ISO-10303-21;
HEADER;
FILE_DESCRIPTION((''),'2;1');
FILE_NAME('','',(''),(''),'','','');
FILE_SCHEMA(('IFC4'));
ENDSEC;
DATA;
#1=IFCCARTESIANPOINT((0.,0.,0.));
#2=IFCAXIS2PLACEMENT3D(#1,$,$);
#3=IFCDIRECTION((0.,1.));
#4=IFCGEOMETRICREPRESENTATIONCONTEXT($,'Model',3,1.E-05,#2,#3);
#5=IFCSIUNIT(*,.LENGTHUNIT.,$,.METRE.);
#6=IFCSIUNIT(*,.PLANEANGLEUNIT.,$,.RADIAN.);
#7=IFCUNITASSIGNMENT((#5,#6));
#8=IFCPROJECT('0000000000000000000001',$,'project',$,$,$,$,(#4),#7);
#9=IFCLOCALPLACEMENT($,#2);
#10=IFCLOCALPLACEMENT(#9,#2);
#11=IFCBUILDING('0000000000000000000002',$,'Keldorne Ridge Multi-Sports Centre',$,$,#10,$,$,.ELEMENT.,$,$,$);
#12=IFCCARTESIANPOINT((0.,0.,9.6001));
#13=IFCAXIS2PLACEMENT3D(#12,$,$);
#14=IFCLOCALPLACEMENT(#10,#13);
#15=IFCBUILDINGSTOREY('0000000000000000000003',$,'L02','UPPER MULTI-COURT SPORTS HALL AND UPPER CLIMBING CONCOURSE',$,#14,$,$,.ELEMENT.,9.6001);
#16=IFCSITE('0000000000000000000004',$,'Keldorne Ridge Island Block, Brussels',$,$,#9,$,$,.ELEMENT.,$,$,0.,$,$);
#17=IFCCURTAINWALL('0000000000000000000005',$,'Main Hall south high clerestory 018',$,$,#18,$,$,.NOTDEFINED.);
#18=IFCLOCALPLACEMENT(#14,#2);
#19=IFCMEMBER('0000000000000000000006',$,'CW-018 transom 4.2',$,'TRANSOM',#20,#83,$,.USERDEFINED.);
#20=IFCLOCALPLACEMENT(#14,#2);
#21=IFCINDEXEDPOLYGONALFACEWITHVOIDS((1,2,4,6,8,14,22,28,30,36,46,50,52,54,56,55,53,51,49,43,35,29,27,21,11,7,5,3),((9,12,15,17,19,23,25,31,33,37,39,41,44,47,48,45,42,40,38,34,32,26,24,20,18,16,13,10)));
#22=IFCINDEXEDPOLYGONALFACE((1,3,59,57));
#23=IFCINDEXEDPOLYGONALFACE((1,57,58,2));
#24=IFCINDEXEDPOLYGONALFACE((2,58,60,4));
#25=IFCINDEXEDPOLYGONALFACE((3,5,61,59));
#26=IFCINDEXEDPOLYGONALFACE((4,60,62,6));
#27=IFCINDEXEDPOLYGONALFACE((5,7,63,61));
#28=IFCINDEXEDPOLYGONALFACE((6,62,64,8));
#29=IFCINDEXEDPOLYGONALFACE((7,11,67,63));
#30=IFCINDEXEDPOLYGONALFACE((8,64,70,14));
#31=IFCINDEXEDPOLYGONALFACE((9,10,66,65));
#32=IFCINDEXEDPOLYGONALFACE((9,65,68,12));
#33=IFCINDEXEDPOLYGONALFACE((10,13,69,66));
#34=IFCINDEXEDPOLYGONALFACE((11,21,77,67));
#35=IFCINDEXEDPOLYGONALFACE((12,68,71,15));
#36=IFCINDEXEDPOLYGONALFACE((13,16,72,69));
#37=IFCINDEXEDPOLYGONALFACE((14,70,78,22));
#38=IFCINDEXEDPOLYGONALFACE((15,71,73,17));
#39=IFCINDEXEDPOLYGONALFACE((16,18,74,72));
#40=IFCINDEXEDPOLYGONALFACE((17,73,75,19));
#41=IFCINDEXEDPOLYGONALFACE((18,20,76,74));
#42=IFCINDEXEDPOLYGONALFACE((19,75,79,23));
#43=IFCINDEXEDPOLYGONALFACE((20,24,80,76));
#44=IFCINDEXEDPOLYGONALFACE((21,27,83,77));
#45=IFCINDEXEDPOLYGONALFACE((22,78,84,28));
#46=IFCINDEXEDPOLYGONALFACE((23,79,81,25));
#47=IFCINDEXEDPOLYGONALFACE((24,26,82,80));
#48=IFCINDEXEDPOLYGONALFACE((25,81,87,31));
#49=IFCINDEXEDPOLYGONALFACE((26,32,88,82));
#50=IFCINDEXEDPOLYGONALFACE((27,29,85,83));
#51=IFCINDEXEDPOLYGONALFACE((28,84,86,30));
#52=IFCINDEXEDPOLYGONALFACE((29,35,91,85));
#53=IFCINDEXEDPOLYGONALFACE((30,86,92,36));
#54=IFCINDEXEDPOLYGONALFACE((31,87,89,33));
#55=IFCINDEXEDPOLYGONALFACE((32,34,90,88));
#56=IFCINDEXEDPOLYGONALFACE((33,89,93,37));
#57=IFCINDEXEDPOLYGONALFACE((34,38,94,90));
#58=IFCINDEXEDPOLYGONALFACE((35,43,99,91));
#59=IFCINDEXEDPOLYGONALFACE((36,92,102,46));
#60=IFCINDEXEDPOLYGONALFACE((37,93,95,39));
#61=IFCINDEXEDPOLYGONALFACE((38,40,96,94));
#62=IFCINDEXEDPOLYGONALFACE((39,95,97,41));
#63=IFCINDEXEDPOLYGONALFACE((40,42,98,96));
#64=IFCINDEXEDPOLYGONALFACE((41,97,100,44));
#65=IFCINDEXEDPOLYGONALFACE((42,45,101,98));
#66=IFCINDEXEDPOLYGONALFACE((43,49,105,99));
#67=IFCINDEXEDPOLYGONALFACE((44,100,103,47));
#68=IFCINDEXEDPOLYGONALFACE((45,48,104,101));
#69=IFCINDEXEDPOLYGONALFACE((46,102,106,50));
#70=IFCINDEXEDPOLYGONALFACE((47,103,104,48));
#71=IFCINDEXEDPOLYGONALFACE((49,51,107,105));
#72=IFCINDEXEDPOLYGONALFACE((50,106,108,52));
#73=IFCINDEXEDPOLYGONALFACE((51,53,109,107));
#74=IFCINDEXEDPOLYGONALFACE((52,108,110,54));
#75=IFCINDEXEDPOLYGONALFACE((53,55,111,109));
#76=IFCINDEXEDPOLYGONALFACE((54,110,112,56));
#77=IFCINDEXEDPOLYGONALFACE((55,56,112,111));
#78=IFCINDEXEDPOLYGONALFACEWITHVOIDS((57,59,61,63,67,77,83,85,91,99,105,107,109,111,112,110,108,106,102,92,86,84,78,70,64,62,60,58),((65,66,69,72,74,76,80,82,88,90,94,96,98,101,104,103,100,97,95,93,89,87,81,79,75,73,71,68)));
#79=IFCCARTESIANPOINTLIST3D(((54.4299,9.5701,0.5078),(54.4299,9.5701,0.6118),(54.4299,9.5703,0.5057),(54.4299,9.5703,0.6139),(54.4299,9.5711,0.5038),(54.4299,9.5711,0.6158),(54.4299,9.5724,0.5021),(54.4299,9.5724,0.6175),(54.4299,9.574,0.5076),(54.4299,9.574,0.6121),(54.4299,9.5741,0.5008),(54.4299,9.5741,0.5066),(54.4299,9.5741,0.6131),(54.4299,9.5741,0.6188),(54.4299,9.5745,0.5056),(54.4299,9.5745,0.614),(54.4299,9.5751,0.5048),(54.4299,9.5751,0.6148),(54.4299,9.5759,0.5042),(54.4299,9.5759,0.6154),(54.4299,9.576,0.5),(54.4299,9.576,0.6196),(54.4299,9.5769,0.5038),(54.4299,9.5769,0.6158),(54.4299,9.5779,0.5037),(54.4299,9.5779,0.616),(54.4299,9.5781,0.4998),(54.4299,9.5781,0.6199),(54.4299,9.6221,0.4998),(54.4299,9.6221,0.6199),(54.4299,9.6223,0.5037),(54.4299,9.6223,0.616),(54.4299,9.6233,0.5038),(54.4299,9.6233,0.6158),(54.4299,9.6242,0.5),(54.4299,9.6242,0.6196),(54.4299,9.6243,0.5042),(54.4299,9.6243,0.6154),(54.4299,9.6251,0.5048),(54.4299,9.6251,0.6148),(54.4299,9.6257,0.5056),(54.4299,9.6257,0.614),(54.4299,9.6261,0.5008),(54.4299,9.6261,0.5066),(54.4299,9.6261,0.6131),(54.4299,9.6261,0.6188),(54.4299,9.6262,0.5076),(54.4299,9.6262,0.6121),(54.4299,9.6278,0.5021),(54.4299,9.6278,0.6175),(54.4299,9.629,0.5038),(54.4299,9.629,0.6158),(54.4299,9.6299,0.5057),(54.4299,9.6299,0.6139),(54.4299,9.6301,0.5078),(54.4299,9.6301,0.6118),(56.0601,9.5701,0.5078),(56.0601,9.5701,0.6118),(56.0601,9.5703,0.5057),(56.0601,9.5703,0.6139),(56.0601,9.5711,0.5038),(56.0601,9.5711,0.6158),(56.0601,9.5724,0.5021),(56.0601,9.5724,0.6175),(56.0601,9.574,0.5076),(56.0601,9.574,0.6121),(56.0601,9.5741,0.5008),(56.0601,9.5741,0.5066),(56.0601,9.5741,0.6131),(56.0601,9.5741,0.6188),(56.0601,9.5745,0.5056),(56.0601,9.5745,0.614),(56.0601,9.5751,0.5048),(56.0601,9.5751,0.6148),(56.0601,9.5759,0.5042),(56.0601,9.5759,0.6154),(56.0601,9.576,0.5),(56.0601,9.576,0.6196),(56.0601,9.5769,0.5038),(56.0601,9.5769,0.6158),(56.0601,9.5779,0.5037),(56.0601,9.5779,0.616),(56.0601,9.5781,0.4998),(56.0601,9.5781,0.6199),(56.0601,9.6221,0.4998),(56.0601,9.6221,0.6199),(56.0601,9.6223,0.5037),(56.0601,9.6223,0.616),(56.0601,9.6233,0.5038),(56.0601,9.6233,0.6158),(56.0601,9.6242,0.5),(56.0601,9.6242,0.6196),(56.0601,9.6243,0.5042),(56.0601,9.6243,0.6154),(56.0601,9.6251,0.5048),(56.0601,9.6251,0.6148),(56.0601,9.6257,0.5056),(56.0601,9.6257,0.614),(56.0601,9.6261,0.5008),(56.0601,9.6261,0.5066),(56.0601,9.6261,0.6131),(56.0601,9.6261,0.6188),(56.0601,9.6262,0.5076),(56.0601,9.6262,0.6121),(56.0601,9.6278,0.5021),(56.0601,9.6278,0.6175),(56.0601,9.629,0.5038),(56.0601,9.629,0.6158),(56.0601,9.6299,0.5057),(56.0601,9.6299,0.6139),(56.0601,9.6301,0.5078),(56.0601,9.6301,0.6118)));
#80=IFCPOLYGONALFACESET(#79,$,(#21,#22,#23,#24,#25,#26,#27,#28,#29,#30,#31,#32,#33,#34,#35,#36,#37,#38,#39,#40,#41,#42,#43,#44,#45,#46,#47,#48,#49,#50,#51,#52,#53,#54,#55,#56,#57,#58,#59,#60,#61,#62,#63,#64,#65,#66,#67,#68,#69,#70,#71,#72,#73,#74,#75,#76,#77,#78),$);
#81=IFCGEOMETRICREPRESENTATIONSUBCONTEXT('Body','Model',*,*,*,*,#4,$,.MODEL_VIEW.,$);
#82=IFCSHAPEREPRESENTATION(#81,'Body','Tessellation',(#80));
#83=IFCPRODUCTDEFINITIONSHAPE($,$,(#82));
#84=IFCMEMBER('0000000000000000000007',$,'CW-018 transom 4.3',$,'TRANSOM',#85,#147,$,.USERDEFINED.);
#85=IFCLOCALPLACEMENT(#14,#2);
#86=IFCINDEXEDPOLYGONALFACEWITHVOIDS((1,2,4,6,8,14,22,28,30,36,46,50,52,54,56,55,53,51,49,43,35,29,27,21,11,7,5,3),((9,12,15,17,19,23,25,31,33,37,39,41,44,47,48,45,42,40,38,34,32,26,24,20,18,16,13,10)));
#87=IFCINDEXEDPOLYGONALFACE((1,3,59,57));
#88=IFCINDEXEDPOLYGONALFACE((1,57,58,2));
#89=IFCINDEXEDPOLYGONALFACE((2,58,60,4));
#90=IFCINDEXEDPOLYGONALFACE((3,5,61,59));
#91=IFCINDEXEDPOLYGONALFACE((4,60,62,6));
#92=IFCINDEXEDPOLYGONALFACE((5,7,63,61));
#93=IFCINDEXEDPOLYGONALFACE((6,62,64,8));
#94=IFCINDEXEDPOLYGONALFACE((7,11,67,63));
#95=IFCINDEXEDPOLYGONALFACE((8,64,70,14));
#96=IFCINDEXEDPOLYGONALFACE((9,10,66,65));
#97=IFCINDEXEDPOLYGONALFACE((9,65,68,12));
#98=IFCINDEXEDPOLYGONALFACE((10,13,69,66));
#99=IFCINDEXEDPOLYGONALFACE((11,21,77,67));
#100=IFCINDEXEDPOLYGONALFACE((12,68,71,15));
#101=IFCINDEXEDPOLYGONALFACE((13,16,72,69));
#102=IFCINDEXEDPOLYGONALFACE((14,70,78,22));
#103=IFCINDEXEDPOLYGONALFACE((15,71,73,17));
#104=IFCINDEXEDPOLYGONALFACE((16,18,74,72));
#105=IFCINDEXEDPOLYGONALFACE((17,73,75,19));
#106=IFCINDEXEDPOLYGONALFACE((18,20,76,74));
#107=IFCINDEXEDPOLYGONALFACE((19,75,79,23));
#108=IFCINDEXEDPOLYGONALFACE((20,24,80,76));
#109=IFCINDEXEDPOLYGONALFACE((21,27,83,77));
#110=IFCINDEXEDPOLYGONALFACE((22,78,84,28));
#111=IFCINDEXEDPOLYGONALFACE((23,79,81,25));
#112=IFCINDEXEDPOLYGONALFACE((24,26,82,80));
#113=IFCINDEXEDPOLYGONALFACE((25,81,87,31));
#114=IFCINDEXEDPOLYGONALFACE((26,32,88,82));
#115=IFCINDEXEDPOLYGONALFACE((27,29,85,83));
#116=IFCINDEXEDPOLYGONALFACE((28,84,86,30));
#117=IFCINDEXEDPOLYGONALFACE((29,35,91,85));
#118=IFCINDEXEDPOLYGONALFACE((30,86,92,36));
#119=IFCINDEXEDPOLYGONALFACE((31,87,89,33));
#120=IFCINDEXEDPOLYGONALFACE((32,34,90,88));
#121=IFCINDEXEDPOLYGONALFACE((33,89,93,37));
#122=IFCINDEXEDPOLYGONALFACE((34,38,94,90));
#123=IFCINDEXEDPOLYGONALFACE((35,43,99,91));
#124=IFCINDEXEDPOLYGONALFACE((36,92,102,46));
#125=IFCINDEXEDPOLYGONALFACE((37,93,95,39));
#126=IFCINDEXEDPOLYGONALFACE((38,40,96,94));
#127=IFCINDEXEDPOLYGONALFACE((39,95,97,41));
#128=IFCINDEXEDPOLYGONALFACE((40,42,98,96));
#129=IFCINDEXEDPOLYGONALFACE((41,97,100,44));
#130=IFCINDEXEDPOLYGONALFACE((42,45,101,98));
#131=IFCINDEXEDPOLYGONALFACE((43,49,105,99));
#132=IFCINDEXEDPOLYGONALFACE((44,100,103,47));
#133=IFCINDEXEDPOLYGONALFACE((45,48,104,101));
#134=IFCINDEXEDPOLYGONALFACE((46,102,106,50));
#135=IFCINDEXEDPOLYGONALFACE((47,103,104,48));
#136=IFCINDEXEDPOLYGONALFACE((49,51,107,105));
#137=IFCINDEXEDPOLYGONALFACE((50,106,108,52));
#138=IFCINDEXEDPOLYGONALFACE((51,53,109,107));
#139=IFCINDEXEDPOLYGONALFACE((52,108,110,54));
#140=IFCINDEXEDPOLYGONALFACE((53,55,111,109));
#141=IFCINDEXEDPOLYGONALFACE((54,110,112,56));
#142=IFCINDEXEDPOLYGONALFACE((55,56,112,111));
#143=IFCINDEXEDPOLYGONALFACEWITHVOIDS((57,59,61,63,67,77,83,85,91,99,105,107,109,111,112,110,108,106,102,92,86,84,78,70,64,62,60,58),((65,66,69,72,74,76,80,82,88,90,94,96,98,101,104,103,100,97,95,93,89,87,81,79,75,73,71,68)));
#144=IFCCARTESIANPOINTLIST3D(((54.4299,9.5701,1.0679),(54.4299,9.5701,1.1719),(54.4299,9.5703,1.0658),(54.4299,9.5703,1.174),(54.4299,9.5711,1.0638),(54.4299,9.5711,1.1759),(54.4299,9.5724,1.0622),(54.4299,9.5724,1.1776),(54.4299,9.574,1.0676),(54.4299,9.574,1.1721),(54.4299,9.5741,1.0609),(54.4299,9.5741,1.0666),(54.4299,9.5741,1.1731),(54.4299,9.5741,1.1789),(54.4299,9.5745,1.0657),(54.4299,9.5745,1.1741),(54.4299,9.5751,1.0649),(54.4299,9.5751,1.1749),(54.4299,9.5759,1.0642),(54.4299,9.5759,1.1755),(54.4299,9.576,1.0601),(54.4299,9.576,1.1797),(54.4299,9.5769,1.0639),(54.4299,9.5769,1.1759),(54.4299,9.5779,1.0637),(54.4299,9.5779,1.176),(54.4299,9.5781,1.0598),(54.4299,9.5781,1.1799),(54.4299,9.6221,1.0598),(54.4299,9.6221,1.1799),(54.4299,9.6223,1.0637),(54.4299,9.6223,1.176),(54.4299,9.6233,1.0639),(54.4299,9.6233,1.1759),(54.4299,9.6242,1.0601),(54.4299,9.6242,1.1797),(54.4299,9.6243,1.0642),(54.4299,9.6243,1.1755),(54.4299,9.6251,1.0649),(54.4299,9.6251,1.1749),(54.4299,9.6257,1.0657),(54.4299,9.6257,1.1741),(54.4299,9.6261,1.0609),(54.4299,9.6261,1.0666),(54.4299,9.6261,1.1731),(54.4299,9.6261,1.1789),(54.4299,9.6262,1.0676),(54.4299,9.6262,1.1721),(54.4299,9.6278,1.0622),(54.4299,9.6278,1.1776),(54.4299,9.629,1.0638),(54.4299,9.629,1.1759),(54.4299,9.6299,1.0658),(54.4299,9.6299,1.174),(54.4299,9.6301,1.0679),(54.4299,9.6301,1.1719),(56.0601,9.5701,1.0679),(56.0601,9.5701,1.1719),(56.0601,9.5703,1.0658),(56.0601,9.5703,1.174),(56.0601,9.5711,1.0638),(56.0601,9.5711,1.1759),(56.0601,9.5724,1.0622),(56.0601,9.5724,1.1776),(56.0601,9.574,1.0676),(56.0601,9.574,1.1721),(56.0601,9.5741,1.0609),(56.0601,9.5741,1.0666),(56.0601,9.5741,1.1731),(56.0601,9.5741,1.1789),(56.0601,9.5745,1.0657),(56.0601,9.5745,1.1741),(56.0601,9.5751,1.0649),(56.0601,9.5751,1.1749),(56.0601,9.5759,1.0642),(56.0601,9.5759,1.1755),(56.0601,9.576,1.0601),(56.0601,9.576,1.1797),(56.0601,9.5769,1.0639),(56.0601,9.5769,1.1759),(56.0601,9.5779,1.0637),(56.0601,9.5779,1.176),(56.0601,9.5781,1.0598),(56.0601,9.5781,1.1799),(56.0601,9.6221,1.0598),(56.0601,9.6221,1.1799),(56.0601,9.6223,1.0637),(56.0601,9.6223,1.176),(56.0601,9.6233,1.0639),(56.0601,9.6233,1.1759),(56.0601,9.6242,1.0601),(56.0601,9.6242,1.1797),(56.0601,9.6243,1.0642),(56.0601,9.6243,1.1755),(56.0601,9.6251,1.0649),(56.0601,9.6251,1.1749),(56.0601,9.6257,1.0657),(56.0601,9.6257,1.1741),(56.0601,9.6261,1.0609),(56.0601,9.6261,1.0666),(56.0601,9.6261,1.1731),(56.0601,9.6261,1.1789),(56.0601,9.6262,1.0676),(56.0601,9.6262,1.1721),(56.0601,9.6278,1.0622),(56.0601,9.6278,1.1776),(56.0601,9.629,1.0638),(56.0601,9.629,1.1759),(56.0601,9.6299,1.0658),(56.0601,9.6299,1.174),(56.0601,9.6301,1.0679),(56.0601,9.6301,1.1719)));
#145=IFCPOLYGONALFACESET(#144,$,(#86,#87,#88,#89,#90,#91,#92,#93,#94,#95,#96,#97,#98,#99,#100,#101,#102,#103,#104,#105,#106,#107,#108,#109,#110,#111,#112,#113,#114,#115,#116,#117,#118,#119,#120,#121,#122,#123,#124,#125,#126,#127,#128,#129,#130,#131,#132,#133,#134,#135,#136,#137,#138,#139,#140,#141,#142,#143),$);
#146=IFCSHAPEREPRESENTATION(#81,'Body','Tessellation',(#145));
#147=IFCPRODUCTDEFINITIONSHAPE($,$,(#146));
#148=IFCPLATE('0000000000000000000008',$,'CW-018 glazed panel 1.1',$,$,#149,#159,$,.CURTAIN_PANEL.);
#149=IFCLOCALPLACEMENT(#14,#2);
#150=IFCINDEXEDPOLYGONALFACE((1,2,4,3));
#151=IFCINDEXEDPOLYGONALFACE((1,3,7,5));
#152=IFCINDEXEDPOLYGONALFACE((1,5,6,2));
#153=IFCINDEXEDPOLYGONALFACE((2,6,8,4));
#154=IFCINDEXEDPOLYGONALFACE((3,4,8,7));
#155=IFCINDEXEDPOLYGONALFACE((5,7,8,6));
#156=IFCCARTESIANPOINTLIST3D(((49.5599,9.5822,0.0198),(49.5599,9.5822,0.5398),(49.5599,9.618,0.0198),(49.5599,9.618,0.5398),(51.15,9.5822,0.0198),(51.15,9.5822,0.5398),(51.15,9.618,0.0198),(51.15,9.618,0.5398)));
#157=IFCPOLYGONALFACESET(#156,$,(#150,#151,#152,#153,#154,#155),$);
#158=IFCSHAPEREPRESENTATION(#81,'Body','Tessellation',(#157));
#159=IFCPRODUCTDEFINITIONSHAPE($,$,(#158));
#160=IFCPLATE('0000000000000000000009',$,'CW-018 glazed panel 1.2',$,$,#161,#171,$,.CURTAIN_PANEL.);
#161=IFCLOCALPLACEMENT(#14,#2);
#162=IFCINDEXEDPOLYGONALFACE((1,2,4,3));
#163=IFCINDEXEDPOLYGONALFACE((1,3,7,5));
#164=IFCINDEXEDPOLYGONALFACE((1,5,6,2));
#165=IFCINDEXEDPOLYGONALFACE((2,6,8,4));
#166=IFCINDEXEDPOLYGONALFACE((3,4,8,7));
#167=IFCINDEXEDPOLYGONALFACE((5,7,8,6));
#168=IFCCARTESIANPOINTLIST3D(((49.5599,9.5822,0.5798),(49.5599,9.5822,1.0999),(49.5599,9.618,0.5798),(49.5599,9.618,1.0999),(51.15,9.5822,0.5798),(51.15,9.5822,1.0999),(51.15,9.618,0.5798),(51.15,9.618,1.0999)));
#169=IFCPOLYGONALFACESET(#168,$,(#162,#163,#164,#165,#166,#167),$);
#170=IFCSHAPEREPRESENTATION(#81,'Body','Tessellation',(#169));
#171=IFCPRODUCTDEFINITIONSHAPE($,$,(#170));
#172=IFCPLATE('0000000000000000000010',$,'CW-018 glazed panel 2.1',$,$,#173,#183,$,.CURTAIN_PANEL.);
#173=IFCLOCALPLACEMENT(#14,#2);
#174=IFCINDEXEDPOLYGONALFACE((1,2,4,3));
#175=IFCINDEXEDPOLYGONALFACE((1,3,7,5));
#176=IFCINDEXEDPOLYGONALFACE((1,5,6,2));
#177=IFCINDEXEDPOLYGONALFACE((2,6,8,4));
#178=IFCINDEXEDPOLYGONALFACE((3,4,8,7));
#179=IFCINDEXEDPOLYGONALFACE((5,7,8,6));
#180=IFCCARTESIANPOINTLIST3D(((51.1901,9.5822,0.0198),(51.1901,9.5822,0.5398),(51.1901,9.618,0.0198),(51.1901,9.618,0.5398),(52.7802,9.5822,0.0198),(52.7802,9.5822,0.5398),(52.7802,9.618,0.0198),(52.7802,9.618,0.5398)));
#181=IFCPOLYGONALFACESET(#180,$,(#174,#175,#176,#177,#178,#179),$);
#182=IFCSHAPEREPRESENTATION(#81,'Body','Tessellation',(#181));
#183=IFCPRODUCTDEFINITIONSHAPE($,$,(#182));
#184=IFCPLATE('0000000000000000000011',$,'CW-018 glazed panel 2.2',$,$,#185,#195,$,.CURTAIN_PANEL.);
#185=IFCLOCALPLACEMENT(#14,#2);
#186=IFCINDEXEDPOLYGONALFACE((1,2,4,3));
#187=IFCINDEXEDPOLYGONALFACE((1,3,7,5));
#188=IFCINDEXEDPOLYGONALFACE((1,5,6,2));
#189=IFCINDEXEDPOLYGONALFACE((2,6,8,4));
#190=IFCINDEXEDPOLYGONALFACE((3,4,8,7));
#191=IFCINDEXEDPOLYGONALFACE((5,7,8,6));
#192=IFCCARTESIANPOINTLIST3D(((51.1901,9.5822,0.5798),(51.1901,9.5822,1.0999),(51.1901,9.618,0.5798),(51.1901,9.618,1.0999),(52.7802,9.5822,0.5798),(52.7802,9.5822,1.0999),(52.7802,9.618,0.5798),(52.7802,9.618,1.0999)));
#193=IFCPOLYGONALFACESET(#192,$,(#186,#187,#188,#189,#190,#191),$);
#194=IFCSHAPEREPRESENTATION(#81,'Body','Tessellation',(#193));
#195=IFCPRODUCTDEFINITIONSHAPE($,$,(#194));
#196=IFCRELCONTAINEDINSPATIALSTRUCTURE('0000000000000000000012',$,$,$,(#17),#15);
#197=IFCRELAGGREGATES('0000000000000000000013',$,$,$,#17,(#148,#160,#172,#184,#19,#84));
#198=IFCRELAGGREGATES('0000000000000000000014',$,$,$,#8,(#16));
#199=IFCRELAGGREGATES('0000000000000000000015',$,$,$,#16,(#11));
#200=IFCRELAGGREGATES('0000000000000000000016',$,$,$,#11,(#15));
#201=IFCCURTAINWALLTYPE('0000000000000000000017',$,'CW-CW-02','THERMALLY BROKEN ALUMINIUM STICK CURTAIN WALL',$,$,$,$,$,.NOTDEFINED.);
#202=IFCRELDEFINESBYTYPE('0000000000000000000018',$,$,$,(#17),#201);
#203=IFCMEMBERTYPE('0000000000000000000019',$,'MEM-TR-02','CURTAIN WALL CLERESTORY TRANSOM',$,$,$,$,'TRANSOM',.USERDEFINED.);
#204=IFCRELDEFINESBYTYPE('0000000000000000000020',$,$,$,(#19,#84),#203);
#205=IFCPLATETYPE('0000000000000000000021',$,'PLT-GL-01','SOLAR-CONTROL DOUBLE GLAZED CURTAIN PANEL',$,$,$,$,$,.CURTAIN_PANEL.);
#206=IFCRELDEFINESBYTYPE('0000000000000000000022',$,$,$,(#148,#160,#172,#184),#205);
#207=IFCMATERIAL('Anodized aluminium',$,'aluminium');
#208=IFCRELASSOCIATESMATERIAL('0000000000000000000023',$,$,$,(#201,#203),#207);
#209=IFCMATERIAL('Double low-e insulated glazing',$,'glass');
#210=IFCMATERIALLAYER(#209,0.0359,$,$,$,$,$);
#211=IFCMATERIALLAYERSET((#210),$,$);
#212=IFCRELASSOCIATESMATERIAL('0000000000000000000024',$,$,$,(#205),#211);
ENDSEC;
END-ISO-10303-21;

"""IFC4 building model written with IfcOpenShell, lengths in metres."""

from ifc_helpers import new_model, si_unit, direction, frame, origin, origin_2d, place, context, subcontext, project, spatial, rectangle, hollow_rectangle, extrude, material, layer, layer_set, material_profile, profile_set, type_object, element, aggregate, save


model = new_model("IFC4")

# Units and contexts
model_context = context("Model", 3, precision=1e-05, world=origin(), true_north=direction((0.0, 1.0)))
body_context = subcontext(model_context, "Body", "Model", "MODEL_VIEW")
ifc_project = project(units=[si_unit("LENGTHUNIT", "METRE"), si_unit("PLANEANGLEUNIT", "RADIAN")], contexts=[model_context])

# Site, building, storey
site_placement = place(None, origin())
site = spatial("IfcSite", under=ifc_project, at=site_placement, Name="Keldorne Ridge Island Block, Brussels", CompositionType="ELEMENT", RefElevation=0.0)
building_placement = place(site_placement, origin())
building = spatial("IfcBuilding", under=site, at=building_placement, Name="Keldorne Ridge Multi-Sports Centre", CompositionType="ELEMENT")
storey_placement = place(building_placement, frame((0.0, 0.0, 9.6001)))
storey = spatial("IfcBuildingStorey", under=building, at=storey_placement, Name="L02", Description="UPPER MULTI-COURT SPORTS HALL AND UPPER CLIMBING CONCOURSE", CompositionType="ELEMENT", Elevation=9.6001)

# Curtain wall, members, plates
ifc_material_1 = material(Name="Anodized aluminium", Category="aluminium")
curtain_wall_type = type_object("IfcCurtainWallType", Name="CW-CW-02", Description="THERMALLY BROKEN ALUMINIUM STICK CURTAIN WALL", PredefinedType="NOTDEFINED", material=ifc_material_1)
curtain_wall_placement = place(storey_placement, origin())
curtain_wall = element("IfcCurtainWall", 1, at=curtain_wall_placement, inside=storey, type_object=curtain_wall_type, Name="Main Hall south high clerestory 018", PredefinedType="NOTDEFINED")
ifc_material_profile_1 = material_profile(ifc_material_1, hollow_rectangle(XDim=0.0601, YDim=0.1201, WallThickness=0.0039, InnerFilletRadius=0.0039, OuterFilletRadius=0.0081, at=origin_2d()), Name="ALU TRANSOM 120x60x4")
ifc_profile_set_1 = profile_set([ifc_material_profile_1], Name="Anodized aluminium")
member_type_1 = type_object("IfcMemberType", Name="MEM-TR-02", Description="CURTAIN WALL CLERESTORY TRANSOM", ElementType="TRANSOM", PredefinedType="USERDEFINED", material=ifc_profile_set_1)
member_1_placement = place(storey_placement, frame((54.4299, 9.6001, 0.5598), z_axis=(1.0, 0.0, 0.0), x_axis=(0.0, 1.0, 0.0)))
member_1 = element("IfcMember", 2, at=member_1_placement, type_object=member_type_1, Name="CW-018 transom 4.2", ObjectType="TRANSOM", PredefinedType="USERDEFINED", context=body_context, shape_type="SweptSolid", body=[
    extrude(hollow_rectangle(XDim=0.0601, YDim=0.1201, WallThickness=0.0039, InnerFilletRadius=0.0039, OuterFilletRadius=0.0081, at=origin_2d()), origin(), (0.0, 0.0, 1.0), 1.6301),
])
member_2_placement = place(storey_placement, frame((54.4299, 9.6001, 1.1199), z_axis=(1.0, 0.0, 0.0), x_axis=(0.0, 1.0, 0.0)))
member_2 = element("IfcMember", 3, at=member_2_placement, type_object=member_type_1, Name="CW-018 transom 4.3", ObjectType="TRANSOM", PredefinedType="USERDEFINED", context=body_context, shape_type="SweptSolid", body=[
    extrude(hollow_rectangle(XDim=0.0601, YDim=0.1201, WallThickness=0.0039, InnerFilletRadius=0.0039, OuterFilletRadius=0.0081, at=origin_2d()), origin(), (0.0, 0.0, 1.0), 1.6301),
])
ifc_material_2 = material(Name="Double low-e insulated glazing", Category="glass")
ifc_layer = layer(ifc_material_2, 0.0359)
ifc_layer_set = layer_set([ifc_layer])
plate_type = type_object("IfcPlateType", Name="PLT-GL-01", Description="SOLAR-CONTROL DOUBLE GLAZED CURTAIN PANEL", PredefinedType="CURTAIN_PANEL", material=ifc_layer_set)
plate_1_placement = place(storey_placement, frame((50.355, 9.6001, 0.0198), z_axis=(0.0, 0.0, 1.0), x_axis=(1.0, 0.0, 0.0)))
plate_1 = element("IfcPlate", 4, at=plate_1_placement, type_object=plate_type, Name="CW-018 glazed panel 1.1", PredefinedType="CURTAIN_PANEL", context=body_context, shape_type="SweptSolid", body=[
    extrude(rectangle(XDim=1.5901, YDim=0.0359, at=origin_2d()), origin(), (0.0, 0.0, 1.0), 0.52),
])
plate_2_placement = place(storey_placement, frame((50.355, 9.6001, 0.5798), z_axis=(0.0, 0.0, 1.0), x_axis=(1.0, 0.0, 0.0)))
plate_2 = element("IfcPlate", 5, at=plate_2_placement, type_object=plate_type, Name="CW-018 glazed panel 1.2", PredefinedType="CURTAIN_PANEL", context=body_context, shape_type="SweptSolid", body=[
    extrude(rectangle(XDim=1.5901, YDim=0.0359, at=origin_2d()), origin(), (0.0, 0.0, 1.0), 0.52),
])
plate_3_placement = place(storey_placement, frame((51.9851, 9.6001, 0.0198), z_axis=(0.0, 0.0, 1.0), x_axis=(1.0, 0.0, 0.0)))
plate_3 = element("IfcPlate", 6, at=plate_3_placement, type_object=plate_type, Name="CW-018 glazed panel 2.1", PredefinedType="CURTAIN_PANEL", context=body_context, shape_type="SweptSolid", body=[
    extrude(rectangle(XDim=1.5901, YDim=0.0359, at=origin_2d()), origin(), (0.0, 0.0, 1.0), 0.52),
])
plate_4_placement = place(storey_placement, frame((51.9851, 9.6001, 0.5798), z_axis=(0.0, 0.0, 1.0), x_axis=(1.0, 0.0, 0.0)))
plate_4 = element("IfcPlate", 7, at=plate_4_placement, type_object=plate_type, Name="CW-018 glazed panel 2.2", PredefinedType="CURTAIN_PANEL", context=body_context, shape_type="SweptSolid", body=[
    extrude(rectangle(XDim=1.5901, YDim=0.0359, at=origin_2d()), origin(), (0.0, 0.0, 1.0), 0.52),
])
aggregate(curtain_wall, [plate_1, plate_2, plate_3, plate_4, member_1, member_2])

save(model, "model.ifc")
